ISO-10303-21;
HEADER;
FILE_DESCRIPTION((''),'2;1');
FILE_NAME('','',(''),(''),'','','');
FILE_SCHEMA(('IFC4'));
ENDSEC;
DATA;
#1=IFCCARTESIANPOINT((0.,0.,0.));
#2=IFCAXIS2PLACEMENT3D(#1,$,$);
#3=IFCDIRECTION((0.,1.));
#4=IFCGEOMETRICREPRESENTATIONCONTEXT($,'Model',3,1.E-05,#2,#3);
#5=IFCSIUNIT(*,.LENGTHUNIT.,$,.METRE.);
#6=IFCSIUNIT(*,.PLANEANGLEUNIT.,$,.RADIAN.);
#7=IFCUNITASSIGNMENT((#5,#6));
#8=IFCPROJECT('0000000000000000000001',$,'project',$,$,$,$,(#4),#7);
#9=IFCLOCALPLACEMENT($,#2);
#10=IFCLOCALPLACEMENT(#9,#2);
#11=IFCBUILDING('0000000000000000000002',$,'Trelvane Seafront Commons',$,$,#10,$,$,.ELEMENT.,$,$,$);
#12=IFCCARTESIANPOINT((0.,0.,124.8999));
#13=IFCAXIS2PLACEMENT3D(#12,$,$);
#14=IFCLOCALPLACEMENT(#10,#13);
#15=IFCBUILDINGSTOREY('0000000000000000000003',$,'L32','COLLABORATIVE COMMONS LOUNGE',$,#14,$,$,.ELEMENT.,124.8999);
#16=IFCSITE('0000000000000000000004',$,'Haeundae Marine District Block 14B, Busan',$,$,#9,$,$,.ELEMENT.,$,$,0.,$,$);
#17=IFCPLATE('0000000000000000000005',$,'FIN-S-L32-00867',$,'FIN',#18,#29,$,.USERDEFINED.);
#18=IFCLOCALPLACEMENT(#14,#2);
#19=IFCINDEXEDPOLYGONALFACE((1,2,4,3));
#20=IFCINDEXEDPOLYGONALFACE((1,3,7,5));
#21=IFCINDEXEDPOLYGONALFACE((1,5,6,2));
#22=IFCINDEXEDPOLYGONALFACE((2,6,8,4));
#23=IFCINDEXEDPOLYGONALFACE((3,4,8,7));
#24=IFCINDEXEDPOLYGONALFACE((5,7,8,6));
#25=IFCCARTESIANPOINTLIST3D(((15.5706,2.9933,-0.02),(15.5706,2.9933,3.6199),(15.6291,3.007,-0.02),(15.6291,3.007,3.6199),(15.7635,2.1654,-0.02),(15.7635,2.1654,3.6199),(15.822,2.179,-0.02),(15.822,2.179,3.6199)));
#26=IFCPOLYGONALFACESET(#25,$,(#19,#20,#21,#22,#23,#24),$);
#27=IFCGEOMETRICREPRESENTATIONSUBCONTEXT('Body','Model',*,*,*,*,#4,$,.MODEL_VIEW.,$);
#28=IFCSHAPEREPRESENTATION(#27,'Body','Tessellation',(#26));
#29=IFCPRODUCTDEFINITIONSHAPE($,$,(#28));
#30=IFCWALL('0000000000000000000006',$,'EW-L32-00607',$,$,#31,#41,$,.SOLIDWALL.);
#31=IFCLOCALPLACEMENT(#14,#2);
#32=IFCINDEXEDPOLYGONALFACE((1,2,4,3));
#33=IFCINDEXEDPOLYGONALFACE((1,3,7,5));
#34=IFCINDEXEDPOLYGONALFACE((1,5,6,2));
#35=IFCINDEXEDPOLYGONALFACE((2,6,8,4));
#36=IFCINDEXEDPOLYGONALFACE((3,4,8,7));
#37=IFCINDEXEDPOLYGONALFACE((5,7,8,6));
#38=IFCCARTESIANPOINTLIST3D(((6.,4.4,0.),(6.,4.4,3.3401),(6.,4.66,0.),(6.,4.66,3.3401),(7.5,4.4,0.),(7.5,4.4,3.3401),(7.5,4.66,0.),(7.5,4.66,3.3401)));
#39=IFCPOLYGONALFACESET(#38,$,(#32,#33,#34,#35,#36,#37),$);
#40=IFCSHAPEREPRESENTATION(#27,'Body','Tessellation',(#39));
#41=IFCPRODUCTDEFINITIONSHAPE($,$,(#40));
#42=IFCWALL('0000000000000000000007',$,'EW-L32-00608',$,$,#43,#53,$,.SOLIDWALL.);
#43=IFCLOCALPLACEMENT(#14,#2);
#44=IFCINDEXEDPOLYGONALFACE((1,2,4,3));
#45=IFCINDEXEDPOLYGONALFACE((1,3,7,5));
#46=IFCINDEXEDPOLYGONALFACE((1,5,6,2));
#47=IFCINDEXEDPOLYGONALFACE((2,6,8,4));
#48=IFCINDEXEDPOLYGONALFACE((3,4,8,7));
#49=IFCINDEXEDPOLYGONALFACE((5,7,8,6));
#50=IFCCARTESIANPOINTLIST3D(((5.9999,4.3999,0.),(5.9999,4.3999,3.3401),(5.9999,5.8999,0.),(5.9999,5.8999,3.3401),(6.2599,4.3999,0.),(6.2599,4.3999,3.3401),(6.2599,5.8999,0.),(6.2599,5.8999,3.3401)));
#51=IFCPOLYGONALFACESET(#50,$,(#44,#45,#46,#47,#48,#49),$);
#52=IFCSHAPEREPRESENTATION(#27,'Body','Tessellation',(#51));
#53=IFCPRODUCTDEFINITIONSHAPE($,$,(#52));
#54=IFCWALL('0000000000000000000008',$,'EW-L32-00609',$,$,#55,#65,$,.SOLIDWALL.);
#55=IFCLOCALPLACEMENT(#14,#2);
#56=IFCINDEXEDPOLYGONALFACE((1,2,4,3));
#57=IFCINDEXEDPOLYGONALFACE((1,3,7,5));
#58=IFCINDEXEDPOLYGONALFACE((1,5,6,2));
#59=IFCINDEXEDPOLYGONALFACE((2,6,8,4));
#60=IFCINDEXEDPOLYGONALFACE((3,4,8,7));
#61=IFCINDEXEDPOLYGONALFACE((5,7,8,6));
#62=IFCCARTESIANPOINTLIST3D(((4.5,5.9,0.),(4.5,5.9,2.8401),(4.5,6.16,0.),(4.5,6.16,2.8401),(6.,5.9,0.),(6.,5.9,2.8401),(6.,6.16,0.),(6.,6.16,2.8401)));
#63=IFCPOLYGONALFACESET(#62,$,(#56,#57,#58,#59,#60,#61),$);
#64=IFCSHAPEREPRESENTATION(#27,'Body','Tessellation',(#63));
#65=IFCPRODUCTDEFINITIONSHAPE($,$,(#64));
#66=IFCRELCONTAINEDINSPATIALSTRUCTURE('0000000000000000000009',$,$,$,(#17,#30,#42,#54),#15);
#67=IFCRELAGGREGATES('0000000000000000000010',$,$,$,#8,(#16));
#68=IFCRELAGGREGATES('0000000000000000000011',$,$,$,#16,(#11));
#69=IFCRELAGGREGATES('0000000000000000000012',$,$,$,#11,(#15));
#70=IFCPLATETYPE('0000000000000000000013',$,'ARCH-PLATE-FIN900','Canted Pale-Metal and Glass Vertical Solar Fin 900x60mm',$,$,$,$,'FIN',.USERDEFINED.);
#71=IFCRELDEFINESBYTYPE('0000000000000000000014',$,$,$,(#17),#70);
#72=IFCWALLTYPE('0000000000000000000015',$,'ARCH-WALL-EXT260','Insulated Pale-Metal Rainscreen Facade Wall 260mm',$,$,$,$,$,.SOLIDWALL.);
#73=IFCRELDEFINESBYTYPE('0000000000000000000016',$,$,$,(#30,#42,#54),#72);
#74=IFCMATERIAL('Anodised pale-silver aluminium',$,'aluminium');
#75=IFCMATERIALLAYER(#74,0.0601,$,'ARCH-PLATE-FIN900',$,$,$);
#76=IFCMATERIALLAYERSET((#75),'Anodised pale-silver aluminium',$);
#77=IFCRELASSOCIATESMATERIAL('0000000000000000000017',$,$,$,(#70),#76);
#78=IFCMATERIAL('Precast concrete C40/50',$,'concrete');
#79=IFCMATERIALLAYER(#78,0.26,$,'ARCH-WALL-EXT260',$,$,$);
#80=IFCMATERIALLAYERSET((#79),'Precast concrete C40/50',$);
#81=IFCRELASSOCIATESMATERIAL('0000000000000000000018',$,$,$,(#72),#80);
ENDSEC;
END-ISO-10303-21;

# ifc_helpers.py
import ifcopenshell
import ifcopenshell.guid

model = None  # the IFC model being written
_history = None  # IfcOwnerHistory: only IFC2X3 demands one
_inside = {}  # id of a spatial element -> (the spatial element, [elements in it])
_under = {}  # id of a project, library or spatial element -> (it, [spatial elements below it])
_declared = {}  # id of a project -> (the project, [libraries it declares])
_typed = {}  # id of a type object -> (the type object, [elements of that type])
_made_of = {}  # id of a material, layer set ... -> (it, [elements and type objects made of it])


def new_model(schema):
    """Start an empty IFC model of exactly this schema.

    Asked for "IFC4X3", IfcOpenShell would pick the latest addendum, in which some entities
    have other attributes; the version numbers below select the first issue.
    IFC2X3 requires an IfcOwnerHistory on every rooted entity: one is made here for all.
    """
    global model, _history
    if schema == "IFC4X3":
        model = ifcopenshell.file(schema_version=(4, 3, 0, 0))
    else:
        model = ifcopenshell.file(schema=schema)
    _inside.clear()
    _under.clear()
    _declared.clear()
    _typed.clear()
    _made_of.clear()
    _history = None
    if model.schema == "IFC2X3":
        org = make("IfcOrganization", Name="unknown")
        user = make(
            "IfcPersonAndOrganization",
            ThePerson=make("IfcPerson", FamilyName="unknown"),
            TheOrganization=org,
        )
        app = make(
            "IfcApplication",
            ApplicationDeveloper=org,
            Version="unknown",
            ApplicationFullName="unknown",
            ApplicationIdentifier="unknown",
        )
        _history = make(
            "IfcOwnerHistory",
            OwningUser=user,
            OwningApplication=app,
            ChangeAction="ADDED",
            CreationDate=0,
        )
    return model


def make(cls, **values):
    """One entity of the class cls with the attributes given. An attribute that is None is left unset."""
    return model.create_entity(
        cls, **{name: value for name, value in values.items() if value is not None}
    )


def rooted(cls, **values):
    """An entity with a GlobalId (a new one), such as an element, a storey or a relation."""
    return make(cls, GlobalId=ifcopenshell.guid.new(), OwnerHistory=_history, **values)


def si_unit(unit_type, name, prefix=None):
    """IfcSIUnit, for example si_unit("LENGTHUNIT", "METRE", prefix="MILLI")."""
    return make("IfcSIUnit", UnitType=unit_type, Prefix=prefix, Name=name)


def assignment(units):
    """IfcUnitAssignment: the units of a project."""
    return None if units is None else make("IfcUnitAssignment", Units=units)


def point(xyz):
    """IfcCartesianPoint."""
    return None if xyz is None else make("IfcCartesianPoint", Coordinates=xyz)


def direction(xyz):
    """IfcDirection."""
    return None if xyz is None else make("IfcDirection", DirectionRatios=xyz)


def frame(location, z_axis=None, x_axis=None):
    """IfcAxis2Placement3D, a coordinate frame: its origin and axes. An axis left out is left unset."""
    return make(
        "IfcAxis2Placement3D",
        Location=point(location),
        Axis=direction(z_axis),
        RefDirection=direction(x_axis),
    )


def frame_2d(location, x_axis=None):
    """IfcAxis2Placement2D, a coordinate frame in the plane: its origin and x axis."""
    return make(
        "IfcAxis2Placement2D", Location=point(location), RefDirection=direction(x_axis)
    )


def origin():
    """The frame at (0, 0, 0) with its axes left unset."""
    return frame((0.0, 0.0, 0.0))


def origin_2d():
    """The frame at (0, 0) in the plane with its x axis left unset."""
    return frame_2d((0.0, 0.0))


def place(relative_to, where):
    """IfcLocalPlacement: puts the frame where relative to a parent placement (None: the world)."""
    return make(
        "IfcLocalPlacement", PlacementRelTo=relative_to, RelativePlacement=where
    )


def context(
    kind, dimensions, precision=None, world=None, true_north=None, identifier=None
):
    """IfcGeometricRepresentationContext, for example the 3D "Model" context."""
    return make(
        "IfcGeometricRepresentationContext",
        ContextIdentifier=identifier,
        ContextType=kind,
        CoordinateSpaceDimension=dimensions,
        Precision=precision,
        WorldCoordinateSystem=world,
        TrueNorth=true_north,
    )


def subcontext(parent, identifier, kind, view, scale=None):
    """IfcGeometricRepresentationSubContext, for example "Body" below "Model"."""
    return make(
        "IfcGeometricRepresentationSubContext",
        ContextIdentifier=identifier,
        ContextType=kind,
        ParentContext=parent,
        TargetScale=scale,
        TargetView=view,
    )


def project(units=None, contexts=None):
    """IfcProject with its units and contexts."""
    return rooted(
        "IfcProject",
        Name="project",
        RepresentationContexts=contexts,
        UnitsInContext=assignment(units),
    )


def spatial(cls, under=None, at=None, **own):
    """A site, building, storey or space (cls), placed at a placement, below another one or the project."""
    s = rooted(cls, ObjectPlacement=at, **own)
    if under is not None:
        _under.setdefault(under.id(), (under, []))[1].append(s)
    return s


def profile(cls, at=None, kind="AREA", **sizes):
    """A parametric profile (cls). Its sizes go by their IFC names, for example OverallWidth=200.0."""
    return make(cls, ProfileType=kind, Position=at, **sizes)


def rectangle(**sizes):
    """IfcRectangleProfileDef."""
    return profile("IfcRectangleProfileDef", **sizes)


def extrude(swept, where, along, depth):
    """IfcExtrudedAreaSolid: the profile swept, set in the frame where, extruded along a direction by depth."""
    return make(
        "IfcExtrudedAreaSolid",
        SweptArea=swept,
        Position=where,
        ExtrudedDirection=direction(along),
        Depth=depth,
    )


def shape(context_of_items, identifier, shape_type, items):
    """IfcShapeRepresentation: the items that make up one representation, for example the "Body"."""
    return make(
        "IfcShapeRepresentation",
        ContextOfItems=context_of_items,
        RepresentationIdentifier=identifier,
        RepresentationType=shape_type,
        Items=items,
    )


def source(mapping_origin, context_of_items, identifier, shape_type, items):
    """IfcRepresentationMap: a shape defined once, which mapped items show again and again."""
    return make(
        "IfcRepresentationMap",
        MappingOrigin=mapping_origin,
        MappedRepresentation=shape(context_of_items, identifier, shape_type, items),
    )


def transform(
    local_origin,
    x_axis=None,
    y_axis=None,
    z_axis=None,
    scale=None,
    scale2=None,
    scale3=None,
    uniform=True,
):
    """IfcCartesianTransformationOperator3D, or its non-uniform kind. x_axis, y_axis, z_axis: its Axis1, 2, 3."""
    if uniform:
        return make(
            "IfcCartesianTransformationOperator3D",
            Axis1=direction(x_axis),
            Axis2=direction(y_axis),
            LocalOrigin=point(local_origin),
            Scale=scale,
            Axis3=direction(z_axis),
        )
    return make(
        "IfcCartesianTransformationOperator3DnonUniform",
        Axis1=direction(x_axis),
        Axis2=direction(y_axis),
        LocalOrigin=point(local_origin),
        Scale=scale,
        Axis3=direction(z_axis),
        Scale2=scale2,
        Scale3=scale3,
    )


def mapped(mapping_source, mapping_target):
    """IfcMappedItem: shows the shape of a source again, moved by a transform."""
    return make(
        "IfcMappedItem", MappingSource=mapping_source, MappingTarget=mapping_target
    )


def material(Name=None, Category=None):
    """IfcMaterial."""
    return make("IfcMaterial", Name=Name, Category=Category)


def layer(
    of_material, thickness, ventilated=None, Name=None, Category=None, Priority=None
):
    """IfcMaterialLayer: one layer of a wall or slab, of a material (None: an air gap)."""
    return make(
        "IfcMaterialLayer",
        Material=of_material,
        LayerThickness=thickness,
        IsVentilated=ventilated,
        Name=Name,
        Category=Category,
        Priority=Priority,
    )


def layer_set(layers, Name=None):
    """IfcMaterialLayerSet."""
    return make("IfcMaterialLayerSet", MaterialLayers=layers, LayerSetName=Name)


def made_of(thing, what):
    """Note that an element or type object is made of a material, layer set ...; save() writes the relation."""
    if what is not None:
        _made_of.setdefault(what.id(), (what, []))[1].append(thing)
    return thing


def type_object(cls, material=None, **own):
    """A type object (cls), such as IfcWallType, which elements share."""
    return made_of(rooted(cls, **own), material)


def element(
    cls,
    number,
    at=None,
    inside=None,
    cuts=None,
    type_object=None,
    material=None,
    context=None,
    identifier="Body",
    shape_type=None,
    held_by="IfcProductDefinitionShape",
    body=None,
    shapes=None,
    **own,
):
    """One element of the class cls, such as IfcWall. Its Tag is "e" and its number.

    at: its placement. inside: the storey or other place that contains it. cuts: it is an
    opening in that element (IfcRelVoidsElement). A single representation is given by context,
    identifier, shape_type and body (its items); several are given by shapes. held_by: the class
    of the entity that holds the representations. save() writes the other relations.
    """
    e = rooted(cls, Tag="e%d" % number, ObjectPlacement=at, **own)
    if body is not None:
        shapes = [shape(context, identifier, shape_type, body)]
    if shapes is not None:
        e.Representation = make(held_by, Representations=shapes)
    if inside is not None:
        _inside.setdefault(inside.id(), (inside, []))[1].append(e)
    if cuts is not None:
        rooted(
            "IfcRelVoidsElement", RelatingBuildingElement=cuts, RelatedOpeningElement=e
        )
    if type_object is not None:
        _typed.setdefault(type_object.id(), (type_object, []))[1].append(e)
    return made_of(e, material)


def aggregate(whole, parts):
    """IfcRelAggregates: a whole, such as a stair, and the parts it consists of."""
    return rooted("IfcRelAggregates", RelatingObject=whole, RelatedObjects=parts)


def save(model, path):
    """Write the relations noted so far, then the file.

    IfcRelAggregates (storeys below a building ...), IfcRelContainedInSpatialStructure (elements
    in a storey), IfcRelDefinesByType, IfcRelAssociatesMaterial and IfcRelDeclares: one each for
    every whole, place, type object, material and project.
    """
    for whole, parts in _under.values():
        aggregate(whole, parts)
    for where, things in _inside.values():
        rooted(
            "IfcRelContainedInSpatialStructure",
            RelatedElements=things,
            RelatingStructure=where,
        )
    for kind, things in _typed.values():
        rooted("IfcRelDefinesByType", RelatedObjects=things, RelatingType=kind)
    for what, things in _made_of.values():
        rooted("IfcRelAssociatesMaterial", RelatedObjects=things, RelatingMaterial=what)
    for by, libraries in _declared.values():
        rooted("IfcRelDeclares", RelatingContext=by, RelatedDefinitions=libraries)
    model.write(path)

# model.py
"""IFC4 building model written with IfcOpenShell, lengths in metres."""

from ifc_helpers import new_model, si_unit, direction, frame, frame_2d, origin, origin_2d, place, context, subcontext, project, spatial, rectangle, extrude, source, transform, mapped, material, layer, layer_set, type_object, element, save


model = new_model("IFC4")

# Units and contexts
model_context = context("Model", 3, precision=1e-05, world=origin(), true_north=direction((0.0, 1.0)))
body_context = subcontext(model_context, "Body", "Model", "MODEL_VIEW")
ifc_project = project(units=[si_unit("LENGTHUNIT", "METRE"), si_unit("PLANEANGLEUNIT", "RADIAN")], contexts=[model_context])

# Site, building, storey
site_placement = place(None, origin())
site = spatial("IfcSite", under=ifc_project, at=site_placement, Name="Haeundae Marine District Block 14B, Busan", CompositionType="ELEMENT", RefElevation=0.0)
building_placement = place(site_placement, origin())
building = spatial("IfcBuilding", under=site, at=building_placement, Name="Trelvane Seafront Commons", CompositionType="ELEMENT")
storey_placement = place(building_placement, frame((0.0, 0.0, 124.8999)))
storey = spatial("IfcBuildingStorey", under=building, at=storey_placement, Name="L32", Description="COLLABORATIVE COMMONS LOUNGE", CompositionType="ELEMENT", Elevation=124.8999)

# Plate
ifc_material_1 = material(Name="Anodised pale-silver aluminium", Category="aluminium")
ifc_layer_1 = layer(ifc_material_1, 0.0601, Name="ARCH-PLATE-FIN900")
ifc_layer_set_1 = layer_set([ifc_layer_1], Name="Anodised pale-silver aluminium")
plate_type_1 = type_object("IfcPlateType", Name="ARCH-PLATE-FIN900", Description="Canted Pale-Metal and Glass Vertical Solar Fin 900x60mm", ElementType="FIN", PredefinedType="USERDEFINED", material=ifc_layer_set_1)
shared_shape_1 = source(origin(), body_context, "Body", "SweptSolid", [
    extrude(rectangle(XDim=0.8501, YDim=0.0601, at=origin_2d()), origin(), (0.0, 0.0, 1.0), 3.6399),
])
plate_1_placement = place(storey_placement, frame((15.6963, 2.5862, -0.02), z_axis=(0.0, 0.0, 1.0), x_axis=(0.226947, -0.973907, 0.0)))
element("IfcPlate", 1, at=plate_1_placement, inside=storey, type_object=plate_type_1, Name="FIN-S-L32-00867", ObjectType="FIN", PredefinedType="USERDEFINED", context=body_context, shape_type="MappedRepresentation", body=[
    mapped(shared_shape_1, transform((0.0, 0.0, 0.0), x_axis=(1.0, 0.0, 0.0), y_axis=(0.0, 1.0, 0.0), z_axis=(0.0, 0.0, 1.0), scale=1.0)),
])

# Walls
ifc_material_2 = material(Name="Precast concrete C40/50", Category="concrete")
ifc_layer_2 = layer(ifc_material_2, 0.26, Name="ARCH-WALL-EXT260")
ifc_layer_set_2 = layer_set([ifc_layer_2], Name="Precast concrete C40/50")
wall_type_1 = type_object("IfcWallType", Name="ARCH-WALL-EXT260", Description="Insulated Pale-Metal Rainscreen Facade Wall 260mm", PredefinedType="SOLIDWALL", material=ifc_layer_set_2)
for number, where, z_axis, x_axis, name in (
    (2, (7.5, 4.53, 0.0), (0.0, 0.0, 1.0), (-1.0, 0.0, 0.0), "EW-L32-00607"),
    (3, (6.1299, 4.3999, 0.0), (0.0, 0.0, 1.0), (0.0, 1.0, 0.0), "EW-L32-00608"),
):
    element("IfcWall", number, at=place(storey_placement, frame(where, z_axis=z_axis, x_axis=x_axis)), inside=storey, type_object=wall_type_1, Name=name, PredefinedType="SOLIDWALL", context=body_context, shape_type="SweptSolid", body=[
        extrude(rectangle(XDim=1.5, YDim=0.26, at=frame_2d((0.75, 0.0))), origin(), (0.0, 0.0, 1.0), 3.3401),
    ])
wall_1_placement = place(storey_placement, frame((6.0, 6.03, 0.0), z_axis=(0.0, 0.0, 1.0), x_axis=(-1.0, 0.0, 0.0)))
element("IfcWall", 4, at=wall_1_placement, inside=storey, type_object=wall_type_1, Name="EW-L32-00609", PredefinedType="SOLIDWALL", context=body_context, shape_type="SweptSolid", body=[
    extrude(rectangle(XDim=1.5, YDim=0.26, at=frame_2d((0.75, 0.0))), origin(), (0.0, 0.0, 1.0), 2.8401),
])

save(model, "model.ifc")
